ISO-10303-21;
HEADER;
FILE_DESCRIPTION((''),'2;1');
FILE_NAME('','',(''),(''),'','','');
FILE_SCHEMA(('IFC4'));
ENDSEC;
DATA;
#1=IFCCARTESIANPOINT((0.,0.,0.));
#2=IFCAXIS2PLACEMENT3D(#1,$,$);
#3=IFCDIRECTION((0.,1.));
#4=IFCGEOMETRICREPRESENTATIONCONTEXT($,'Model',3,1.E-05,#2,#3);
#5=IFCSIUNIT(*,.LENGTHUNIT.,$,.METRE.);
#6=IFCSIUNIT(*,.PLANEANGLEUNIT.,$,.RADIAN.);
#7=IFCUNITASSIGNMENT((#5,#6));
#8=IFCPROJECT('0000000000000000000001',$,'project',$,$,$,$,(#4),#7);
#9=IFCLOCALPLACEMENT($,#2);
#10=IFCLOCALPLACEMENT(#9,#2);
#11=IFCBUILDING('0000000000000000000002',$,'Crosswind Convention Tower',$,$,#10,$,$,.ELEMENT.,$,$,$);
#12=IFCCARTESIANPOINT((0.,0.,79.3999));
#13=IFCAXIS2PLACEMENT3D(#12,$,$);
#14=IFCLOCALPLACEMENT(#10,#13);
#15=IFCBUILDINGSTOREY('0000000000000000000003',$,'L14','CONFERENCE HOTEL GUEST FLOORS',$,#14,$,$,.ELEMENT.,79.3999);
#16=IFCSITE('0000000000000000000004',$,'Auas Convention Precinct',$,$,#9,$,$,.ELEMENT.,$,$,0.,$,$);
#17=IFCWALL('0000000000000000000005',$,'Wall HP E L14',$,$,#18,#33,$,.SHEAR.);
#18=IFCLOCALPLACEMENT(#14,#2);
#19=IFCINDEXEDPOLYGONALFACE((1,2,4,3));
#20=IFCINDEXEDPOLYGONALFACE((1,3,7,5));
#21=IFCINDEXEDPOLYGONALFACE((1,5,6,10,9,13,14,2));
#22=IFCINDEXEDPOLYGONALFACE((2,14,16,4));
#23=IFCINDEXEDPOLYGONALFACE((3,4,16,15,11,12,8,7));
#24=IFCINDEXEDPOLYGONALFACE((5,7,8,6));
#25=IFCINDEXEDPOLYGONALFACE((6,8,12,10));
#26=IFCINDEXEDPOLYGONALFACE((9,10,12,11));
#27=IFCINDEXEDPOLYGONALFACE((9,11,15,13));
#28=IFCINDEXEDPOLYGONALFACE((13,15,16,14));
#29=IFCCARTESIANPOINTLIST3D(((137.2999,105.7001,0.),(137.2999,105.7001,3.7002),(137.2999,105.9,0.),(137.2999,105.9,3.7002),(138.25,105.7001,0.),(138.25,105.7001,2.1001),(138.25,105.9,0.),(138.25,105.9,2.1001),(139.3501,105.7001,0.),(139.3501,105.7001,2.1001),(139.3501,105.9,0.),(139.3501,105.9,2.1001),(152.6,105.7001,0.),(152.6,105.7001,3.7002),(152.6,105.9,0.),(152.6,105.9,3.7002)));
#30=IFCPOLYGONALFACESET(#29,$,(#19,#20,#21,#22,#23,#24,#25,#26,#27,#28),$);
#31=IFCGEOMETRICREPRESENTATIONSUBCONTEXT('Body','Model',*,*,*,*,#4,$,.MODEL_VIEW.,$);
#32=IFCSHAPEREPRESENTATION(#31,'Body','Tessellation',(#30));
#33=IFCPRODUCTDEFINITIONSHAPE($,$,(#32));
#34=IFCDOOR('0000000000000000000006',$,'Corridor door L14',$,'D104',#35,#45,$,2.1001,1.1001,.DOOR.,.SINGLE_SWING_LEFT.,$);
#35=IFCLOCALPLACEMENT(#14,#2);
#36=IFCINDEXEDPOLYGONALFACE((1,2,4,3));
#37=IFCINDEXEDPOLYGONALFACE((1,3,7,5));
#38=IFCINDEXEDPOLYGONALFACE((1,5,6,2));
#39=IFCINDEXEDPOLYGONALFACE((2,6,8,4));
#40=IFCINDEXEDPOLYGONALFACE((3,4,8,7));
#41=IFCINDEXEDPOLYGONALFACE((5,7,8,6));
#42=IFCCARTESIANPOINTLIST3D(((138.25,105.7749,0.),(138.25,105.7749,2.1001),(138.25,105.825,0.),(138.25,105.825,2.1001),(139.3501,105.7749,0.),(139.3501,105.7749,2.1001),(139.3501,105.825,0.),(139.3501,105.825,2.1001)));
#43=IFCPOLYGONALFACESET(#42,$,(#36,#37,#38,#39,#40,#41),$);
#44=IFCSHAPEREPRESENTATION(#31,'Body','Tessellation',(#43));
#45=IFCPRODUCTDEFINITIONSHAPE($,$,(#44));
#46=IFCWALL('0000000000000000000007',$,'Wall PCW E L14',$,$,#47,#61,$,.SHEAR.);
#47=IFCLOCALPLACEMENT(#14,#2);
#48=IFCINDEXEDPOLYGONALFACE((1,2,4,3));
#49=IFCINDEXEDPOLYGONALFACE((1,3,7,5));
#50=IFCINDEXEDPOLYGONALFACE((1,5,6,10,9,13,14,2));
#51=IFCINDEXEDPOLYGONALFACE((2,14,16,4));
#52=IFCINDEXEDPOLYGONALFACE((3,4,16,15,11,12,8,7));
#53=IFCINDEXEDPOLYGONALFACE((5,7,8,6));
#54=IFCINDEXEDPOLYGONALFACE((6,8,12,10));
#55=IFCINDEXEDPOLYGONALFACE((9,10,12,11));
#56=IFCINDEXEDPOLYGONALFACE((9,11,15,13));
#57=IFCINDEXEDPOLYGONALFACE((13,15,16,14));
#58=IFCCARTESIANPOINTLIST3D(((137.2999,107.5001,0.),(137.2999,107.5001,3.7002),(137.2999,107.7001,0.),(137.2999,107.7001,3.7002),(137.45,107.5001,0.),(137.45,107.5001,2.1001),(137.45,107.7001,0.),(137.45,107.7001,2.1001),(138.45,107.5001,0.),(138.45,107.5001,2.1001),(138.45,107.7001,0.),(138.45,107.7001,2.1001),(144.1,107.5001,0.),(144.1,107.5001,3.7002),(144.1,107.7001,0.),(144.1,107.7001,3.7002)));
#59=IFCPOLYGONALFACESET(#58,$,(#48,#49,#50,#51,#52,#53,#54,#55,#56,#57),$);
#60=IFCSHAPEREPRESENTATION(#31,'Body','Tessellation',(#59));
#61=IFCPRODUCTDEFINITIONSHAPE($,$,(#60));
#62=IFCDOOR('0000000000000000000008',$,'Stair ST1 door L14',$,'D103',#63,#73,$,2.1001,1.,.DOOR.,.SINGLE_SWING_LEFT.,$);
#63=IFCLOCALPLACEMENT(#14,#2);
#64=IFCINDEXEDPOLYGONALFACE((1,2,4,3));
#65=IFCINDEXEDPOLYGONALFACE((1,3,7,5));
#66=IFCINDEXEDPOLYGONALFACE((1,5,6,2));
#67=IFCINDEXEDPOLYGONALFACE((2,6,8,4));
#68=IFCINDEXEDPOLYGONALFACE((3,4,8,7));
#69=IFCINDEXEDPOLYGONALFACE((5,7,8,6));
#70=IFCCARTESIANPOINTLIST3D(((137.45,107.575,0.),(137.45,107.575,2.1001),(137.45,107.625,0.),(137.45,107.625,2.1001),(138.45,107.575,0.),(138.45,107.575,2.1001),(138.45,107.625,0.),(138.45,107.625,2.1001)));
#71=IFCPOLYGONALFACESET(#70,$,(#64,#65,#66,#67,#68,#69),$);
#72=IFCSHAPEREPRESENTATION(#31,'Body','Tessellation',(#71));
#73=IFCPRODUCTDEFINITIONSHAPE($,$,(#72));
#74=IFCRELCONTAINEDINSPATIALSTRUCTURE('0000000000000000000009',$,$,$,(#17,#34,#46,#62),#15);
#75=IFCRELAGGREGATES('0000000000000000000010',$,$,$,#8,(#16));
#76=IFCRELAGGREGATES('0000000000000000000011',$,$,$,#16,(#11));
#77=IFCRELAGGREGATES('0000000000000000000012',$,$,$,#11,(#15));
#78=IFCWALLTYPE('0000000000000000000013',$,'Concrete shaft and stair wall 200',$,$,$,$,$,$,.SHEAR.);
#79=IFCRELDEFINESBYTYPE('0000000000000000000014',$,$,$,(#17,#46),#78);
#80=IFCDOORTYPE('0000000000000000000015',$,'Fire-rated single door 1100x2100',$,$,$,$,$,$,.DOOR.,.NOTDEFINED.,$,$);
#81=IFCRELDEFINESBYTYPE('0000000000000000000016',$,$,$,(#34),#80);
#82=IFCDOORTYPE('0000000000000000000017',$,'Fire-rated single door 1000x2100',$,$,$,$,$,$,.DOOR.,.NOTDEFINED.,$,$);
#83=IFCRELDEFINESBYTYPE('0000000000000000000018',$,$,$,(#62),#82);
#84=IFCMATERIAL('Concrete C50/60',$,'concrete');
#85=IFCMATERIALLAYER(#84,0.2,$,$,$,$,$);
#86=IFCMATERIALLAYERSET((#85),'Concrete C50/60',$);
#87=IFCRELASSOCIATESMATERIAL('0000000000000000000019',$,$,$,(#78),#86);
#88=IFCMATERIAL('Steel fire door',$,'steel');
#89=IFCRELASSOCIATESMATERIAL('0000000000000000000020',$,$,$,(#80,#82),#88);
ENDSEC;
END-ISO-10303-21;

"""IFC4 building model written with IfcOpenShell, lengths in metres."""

from ifc_helpers import new_model, si_unit, direction, frame, frame_2d, origin, place, context, subcontext, project, spatial, rectangle, extrude, material, layer, layer_set, type_object, element, fill, save


model = new_model("IFC4")

# Units and contexts
model_context = context("Model", 3, precision=1e-05, world=origin(), true_north=direction((0.0, 1.0)))
body_context = subcontext(model_context, "Body", "Model", "MODEL_VIEW")
ifc_project = project(units=[si_unit("LENGTHUNIT", "METRE"), si_unit("PLANEANGLEUNIT", "RADIAN")], contexts=[model_context])

# Site, building, storey
site_placement = place(None, origin())
site = spatial("IfcSite", under=ifc_project, at=site_placement, Name="Auas Convention Precinct", CompositionType="ELEMENT", RefElevation=0.0)
building_placement = place(site_placement, origin())
building = spatial("IfcBuilding", under=site, at=building_placement, Name="Crosswind Convention Tower", CompositionType="ELEMENT")
storey_placement = place(building_placement, frame((0.0, 0.0, 79.3999)))
storey = spatial("IfcBuildingStorey", under=building, at=storey_placement, Name="L14", Description="CONFERENCE HOTEL GUEST FLOORS", CompositionType="ELEMENT", Elevation=79.3999)

# Shared definitions
ifc_material_1 = material(Name="Concrete C50/60", Category="concrete")
ifc_layer_1 = layer(ifc_material_1, 0.2)
ifc_layer_set_1 = layer_set([ifc_layer_1], Name="Concrete C50/60")
wall_type_1 = type_object("IfcWallType", Name="Concrete shaft and stair wall 200", PredefinedType="SHEAR", material=ifc_layer_set_1)

# Walls, openings, doors
wall_1_placement = place(storey_placement, frame((137.3, 105.8, 0.0), z_axis=(0.0, 0.0, 1.0), x_axis=(1.0, 0.0, 0.0)))
wall_1 = element("IfcWall", 1, at=wall_1_placement, inside=storey, type_object=wall_type_1, Name="Wall HP E L14", PredefinedType="SHEAR", context=body_context, shape_type="SweptSolid", body=[
    extrude(rectangle(XDim=15.3, YDim=0.2, at=frame_2d((7.6499, 0.0))), origin(), (0.0, 0.0, 1.0), 3.7002),
])
opening_1_placement = place(wall_1_placement, frame((0.95, 0.0, 0.0)))
opening_1 = element("IfcOpeningElement", 2, at=opening_1_placement, cuts=wall_1, PredefinedType="OPENING", context=body_context, shape_type="SweptSolid", body=[
    extrude(rectangle(XDim=1.1001, YDim=2.1001, at=frame_2d((0.55, 1.05))), frame((0.0, 0.1099, 0.0), z_axis=(0.0, -1.0, 0.0), x_axis=(1.0, 0.0, 0.0)), (0.0, 0.0, 1.0), 0.22),
])
ifc_material_2 = material(Name="Steel fire door", Category="steel")
door_type_1 = type_object("IfcDoorType", Name="Fire-rated single door 1100x2100", OperationType="NOTDEFINED", PredefinedType="DOOR", material=ifc_material_2)
door_1_placement = place(opening_1_placement, origin())
door_1 = element("IfcDoor", 3, at=door_1_placement, inside=storey, type_object=door_type_1, Name="Corridor door L14", ObjectType="D104", OperationType="SINGLE_SWING_LEFT", OverallHeight=2.1001, OverallWidth=1.1001, PredefinedType="DOOR", context=body_context, shape_type="SweptSolid", body=[
    extrude(rectangle(XDim=1.1001, YDim=2.1001, at=frame_2d((0.55, 1.05))), frame((0.0, 0.0249, 0.0), z_axis=(0.0, -1.0, 0.0), x_axis=(1.0, 0.0, 0.0)), (0.0, 0.0, 1.0), 0.05),
])
fill(opening_1, door_1)
wall_2_placement = place(storey_placement, frame((137.3, 107.6001, 0.0), z_axis=(0.0, 0.0, 1.0), x_axis=(1.0, 0.0, 0.0)))
wall_2 = element("IfcWall", 4, at=wall_2_placement, inside=storey, type_object=wall_type_1, Name="Wall PCW E L14", PredefinedType="SHEAR", context=body_context, shape_type="SweptSolid", body=[
    extrude(rectangle(XDim=6.8, YDim=0.2, at=frame_2d((3.3999, 0.0))), origin(), (0.0, 0.0, 1.0), 3.7002),
])
opening_2_placement = place(wall_2_placement, frame((0.1499, 0.0, 0.0)))
opening_2 = element("IfcOpeningElement", 5, at=opening_2_placement, cuts=wall_2, PredefinedType="OPENING", context=body_context, shape_type="SweptSolid", body=[
    extrude(rectangle(XDim=1.0, YDim=2.1001, at=frame_2d((0.5, 1.05))), frame((0.0, 0.1099, 0.0), z_axis=(0.0, -1.0, 0.0), x_axis=(1.0, 0.0, 0.0)), (0.0, 0.0, 1.0), 0.22),
])
door_type_2 = type_object("IfcDoorType", Name="Fire-rated single door 1000x2100", OperationType="NOTDEFINED", PredefinedType="DOOR", material=ifc_material_2)
door_2_placement = place(opening_2_placement, origin())
door_2 = element("IfcDoor", 6, at=door_2_placement, inside=storey, type_object=door_type_2, Name="Stair ST1 door L14", ObjectType="D103", OperationType="SINGLE_SWING_LEFT", OverallHeight=2.1001, OverallWidth=1.0, PredefinedType="DOOR", context=body_context, shape_type="SweptSolid", body=[
    extrude(rectangle(XDim=1.0, YDim=2.1001, at=frame_2d((0.5, 1.05))), frame((0.0, 0.0249, 0.0), z_axis=(0.0, -1.0, 0.0), x_axis=(1.0, 0.0, 0.0)), (0.0, 0.0, 1.0), 0.05),
])
fill(opening_2, door_2)

save(model, "model.ifc")
